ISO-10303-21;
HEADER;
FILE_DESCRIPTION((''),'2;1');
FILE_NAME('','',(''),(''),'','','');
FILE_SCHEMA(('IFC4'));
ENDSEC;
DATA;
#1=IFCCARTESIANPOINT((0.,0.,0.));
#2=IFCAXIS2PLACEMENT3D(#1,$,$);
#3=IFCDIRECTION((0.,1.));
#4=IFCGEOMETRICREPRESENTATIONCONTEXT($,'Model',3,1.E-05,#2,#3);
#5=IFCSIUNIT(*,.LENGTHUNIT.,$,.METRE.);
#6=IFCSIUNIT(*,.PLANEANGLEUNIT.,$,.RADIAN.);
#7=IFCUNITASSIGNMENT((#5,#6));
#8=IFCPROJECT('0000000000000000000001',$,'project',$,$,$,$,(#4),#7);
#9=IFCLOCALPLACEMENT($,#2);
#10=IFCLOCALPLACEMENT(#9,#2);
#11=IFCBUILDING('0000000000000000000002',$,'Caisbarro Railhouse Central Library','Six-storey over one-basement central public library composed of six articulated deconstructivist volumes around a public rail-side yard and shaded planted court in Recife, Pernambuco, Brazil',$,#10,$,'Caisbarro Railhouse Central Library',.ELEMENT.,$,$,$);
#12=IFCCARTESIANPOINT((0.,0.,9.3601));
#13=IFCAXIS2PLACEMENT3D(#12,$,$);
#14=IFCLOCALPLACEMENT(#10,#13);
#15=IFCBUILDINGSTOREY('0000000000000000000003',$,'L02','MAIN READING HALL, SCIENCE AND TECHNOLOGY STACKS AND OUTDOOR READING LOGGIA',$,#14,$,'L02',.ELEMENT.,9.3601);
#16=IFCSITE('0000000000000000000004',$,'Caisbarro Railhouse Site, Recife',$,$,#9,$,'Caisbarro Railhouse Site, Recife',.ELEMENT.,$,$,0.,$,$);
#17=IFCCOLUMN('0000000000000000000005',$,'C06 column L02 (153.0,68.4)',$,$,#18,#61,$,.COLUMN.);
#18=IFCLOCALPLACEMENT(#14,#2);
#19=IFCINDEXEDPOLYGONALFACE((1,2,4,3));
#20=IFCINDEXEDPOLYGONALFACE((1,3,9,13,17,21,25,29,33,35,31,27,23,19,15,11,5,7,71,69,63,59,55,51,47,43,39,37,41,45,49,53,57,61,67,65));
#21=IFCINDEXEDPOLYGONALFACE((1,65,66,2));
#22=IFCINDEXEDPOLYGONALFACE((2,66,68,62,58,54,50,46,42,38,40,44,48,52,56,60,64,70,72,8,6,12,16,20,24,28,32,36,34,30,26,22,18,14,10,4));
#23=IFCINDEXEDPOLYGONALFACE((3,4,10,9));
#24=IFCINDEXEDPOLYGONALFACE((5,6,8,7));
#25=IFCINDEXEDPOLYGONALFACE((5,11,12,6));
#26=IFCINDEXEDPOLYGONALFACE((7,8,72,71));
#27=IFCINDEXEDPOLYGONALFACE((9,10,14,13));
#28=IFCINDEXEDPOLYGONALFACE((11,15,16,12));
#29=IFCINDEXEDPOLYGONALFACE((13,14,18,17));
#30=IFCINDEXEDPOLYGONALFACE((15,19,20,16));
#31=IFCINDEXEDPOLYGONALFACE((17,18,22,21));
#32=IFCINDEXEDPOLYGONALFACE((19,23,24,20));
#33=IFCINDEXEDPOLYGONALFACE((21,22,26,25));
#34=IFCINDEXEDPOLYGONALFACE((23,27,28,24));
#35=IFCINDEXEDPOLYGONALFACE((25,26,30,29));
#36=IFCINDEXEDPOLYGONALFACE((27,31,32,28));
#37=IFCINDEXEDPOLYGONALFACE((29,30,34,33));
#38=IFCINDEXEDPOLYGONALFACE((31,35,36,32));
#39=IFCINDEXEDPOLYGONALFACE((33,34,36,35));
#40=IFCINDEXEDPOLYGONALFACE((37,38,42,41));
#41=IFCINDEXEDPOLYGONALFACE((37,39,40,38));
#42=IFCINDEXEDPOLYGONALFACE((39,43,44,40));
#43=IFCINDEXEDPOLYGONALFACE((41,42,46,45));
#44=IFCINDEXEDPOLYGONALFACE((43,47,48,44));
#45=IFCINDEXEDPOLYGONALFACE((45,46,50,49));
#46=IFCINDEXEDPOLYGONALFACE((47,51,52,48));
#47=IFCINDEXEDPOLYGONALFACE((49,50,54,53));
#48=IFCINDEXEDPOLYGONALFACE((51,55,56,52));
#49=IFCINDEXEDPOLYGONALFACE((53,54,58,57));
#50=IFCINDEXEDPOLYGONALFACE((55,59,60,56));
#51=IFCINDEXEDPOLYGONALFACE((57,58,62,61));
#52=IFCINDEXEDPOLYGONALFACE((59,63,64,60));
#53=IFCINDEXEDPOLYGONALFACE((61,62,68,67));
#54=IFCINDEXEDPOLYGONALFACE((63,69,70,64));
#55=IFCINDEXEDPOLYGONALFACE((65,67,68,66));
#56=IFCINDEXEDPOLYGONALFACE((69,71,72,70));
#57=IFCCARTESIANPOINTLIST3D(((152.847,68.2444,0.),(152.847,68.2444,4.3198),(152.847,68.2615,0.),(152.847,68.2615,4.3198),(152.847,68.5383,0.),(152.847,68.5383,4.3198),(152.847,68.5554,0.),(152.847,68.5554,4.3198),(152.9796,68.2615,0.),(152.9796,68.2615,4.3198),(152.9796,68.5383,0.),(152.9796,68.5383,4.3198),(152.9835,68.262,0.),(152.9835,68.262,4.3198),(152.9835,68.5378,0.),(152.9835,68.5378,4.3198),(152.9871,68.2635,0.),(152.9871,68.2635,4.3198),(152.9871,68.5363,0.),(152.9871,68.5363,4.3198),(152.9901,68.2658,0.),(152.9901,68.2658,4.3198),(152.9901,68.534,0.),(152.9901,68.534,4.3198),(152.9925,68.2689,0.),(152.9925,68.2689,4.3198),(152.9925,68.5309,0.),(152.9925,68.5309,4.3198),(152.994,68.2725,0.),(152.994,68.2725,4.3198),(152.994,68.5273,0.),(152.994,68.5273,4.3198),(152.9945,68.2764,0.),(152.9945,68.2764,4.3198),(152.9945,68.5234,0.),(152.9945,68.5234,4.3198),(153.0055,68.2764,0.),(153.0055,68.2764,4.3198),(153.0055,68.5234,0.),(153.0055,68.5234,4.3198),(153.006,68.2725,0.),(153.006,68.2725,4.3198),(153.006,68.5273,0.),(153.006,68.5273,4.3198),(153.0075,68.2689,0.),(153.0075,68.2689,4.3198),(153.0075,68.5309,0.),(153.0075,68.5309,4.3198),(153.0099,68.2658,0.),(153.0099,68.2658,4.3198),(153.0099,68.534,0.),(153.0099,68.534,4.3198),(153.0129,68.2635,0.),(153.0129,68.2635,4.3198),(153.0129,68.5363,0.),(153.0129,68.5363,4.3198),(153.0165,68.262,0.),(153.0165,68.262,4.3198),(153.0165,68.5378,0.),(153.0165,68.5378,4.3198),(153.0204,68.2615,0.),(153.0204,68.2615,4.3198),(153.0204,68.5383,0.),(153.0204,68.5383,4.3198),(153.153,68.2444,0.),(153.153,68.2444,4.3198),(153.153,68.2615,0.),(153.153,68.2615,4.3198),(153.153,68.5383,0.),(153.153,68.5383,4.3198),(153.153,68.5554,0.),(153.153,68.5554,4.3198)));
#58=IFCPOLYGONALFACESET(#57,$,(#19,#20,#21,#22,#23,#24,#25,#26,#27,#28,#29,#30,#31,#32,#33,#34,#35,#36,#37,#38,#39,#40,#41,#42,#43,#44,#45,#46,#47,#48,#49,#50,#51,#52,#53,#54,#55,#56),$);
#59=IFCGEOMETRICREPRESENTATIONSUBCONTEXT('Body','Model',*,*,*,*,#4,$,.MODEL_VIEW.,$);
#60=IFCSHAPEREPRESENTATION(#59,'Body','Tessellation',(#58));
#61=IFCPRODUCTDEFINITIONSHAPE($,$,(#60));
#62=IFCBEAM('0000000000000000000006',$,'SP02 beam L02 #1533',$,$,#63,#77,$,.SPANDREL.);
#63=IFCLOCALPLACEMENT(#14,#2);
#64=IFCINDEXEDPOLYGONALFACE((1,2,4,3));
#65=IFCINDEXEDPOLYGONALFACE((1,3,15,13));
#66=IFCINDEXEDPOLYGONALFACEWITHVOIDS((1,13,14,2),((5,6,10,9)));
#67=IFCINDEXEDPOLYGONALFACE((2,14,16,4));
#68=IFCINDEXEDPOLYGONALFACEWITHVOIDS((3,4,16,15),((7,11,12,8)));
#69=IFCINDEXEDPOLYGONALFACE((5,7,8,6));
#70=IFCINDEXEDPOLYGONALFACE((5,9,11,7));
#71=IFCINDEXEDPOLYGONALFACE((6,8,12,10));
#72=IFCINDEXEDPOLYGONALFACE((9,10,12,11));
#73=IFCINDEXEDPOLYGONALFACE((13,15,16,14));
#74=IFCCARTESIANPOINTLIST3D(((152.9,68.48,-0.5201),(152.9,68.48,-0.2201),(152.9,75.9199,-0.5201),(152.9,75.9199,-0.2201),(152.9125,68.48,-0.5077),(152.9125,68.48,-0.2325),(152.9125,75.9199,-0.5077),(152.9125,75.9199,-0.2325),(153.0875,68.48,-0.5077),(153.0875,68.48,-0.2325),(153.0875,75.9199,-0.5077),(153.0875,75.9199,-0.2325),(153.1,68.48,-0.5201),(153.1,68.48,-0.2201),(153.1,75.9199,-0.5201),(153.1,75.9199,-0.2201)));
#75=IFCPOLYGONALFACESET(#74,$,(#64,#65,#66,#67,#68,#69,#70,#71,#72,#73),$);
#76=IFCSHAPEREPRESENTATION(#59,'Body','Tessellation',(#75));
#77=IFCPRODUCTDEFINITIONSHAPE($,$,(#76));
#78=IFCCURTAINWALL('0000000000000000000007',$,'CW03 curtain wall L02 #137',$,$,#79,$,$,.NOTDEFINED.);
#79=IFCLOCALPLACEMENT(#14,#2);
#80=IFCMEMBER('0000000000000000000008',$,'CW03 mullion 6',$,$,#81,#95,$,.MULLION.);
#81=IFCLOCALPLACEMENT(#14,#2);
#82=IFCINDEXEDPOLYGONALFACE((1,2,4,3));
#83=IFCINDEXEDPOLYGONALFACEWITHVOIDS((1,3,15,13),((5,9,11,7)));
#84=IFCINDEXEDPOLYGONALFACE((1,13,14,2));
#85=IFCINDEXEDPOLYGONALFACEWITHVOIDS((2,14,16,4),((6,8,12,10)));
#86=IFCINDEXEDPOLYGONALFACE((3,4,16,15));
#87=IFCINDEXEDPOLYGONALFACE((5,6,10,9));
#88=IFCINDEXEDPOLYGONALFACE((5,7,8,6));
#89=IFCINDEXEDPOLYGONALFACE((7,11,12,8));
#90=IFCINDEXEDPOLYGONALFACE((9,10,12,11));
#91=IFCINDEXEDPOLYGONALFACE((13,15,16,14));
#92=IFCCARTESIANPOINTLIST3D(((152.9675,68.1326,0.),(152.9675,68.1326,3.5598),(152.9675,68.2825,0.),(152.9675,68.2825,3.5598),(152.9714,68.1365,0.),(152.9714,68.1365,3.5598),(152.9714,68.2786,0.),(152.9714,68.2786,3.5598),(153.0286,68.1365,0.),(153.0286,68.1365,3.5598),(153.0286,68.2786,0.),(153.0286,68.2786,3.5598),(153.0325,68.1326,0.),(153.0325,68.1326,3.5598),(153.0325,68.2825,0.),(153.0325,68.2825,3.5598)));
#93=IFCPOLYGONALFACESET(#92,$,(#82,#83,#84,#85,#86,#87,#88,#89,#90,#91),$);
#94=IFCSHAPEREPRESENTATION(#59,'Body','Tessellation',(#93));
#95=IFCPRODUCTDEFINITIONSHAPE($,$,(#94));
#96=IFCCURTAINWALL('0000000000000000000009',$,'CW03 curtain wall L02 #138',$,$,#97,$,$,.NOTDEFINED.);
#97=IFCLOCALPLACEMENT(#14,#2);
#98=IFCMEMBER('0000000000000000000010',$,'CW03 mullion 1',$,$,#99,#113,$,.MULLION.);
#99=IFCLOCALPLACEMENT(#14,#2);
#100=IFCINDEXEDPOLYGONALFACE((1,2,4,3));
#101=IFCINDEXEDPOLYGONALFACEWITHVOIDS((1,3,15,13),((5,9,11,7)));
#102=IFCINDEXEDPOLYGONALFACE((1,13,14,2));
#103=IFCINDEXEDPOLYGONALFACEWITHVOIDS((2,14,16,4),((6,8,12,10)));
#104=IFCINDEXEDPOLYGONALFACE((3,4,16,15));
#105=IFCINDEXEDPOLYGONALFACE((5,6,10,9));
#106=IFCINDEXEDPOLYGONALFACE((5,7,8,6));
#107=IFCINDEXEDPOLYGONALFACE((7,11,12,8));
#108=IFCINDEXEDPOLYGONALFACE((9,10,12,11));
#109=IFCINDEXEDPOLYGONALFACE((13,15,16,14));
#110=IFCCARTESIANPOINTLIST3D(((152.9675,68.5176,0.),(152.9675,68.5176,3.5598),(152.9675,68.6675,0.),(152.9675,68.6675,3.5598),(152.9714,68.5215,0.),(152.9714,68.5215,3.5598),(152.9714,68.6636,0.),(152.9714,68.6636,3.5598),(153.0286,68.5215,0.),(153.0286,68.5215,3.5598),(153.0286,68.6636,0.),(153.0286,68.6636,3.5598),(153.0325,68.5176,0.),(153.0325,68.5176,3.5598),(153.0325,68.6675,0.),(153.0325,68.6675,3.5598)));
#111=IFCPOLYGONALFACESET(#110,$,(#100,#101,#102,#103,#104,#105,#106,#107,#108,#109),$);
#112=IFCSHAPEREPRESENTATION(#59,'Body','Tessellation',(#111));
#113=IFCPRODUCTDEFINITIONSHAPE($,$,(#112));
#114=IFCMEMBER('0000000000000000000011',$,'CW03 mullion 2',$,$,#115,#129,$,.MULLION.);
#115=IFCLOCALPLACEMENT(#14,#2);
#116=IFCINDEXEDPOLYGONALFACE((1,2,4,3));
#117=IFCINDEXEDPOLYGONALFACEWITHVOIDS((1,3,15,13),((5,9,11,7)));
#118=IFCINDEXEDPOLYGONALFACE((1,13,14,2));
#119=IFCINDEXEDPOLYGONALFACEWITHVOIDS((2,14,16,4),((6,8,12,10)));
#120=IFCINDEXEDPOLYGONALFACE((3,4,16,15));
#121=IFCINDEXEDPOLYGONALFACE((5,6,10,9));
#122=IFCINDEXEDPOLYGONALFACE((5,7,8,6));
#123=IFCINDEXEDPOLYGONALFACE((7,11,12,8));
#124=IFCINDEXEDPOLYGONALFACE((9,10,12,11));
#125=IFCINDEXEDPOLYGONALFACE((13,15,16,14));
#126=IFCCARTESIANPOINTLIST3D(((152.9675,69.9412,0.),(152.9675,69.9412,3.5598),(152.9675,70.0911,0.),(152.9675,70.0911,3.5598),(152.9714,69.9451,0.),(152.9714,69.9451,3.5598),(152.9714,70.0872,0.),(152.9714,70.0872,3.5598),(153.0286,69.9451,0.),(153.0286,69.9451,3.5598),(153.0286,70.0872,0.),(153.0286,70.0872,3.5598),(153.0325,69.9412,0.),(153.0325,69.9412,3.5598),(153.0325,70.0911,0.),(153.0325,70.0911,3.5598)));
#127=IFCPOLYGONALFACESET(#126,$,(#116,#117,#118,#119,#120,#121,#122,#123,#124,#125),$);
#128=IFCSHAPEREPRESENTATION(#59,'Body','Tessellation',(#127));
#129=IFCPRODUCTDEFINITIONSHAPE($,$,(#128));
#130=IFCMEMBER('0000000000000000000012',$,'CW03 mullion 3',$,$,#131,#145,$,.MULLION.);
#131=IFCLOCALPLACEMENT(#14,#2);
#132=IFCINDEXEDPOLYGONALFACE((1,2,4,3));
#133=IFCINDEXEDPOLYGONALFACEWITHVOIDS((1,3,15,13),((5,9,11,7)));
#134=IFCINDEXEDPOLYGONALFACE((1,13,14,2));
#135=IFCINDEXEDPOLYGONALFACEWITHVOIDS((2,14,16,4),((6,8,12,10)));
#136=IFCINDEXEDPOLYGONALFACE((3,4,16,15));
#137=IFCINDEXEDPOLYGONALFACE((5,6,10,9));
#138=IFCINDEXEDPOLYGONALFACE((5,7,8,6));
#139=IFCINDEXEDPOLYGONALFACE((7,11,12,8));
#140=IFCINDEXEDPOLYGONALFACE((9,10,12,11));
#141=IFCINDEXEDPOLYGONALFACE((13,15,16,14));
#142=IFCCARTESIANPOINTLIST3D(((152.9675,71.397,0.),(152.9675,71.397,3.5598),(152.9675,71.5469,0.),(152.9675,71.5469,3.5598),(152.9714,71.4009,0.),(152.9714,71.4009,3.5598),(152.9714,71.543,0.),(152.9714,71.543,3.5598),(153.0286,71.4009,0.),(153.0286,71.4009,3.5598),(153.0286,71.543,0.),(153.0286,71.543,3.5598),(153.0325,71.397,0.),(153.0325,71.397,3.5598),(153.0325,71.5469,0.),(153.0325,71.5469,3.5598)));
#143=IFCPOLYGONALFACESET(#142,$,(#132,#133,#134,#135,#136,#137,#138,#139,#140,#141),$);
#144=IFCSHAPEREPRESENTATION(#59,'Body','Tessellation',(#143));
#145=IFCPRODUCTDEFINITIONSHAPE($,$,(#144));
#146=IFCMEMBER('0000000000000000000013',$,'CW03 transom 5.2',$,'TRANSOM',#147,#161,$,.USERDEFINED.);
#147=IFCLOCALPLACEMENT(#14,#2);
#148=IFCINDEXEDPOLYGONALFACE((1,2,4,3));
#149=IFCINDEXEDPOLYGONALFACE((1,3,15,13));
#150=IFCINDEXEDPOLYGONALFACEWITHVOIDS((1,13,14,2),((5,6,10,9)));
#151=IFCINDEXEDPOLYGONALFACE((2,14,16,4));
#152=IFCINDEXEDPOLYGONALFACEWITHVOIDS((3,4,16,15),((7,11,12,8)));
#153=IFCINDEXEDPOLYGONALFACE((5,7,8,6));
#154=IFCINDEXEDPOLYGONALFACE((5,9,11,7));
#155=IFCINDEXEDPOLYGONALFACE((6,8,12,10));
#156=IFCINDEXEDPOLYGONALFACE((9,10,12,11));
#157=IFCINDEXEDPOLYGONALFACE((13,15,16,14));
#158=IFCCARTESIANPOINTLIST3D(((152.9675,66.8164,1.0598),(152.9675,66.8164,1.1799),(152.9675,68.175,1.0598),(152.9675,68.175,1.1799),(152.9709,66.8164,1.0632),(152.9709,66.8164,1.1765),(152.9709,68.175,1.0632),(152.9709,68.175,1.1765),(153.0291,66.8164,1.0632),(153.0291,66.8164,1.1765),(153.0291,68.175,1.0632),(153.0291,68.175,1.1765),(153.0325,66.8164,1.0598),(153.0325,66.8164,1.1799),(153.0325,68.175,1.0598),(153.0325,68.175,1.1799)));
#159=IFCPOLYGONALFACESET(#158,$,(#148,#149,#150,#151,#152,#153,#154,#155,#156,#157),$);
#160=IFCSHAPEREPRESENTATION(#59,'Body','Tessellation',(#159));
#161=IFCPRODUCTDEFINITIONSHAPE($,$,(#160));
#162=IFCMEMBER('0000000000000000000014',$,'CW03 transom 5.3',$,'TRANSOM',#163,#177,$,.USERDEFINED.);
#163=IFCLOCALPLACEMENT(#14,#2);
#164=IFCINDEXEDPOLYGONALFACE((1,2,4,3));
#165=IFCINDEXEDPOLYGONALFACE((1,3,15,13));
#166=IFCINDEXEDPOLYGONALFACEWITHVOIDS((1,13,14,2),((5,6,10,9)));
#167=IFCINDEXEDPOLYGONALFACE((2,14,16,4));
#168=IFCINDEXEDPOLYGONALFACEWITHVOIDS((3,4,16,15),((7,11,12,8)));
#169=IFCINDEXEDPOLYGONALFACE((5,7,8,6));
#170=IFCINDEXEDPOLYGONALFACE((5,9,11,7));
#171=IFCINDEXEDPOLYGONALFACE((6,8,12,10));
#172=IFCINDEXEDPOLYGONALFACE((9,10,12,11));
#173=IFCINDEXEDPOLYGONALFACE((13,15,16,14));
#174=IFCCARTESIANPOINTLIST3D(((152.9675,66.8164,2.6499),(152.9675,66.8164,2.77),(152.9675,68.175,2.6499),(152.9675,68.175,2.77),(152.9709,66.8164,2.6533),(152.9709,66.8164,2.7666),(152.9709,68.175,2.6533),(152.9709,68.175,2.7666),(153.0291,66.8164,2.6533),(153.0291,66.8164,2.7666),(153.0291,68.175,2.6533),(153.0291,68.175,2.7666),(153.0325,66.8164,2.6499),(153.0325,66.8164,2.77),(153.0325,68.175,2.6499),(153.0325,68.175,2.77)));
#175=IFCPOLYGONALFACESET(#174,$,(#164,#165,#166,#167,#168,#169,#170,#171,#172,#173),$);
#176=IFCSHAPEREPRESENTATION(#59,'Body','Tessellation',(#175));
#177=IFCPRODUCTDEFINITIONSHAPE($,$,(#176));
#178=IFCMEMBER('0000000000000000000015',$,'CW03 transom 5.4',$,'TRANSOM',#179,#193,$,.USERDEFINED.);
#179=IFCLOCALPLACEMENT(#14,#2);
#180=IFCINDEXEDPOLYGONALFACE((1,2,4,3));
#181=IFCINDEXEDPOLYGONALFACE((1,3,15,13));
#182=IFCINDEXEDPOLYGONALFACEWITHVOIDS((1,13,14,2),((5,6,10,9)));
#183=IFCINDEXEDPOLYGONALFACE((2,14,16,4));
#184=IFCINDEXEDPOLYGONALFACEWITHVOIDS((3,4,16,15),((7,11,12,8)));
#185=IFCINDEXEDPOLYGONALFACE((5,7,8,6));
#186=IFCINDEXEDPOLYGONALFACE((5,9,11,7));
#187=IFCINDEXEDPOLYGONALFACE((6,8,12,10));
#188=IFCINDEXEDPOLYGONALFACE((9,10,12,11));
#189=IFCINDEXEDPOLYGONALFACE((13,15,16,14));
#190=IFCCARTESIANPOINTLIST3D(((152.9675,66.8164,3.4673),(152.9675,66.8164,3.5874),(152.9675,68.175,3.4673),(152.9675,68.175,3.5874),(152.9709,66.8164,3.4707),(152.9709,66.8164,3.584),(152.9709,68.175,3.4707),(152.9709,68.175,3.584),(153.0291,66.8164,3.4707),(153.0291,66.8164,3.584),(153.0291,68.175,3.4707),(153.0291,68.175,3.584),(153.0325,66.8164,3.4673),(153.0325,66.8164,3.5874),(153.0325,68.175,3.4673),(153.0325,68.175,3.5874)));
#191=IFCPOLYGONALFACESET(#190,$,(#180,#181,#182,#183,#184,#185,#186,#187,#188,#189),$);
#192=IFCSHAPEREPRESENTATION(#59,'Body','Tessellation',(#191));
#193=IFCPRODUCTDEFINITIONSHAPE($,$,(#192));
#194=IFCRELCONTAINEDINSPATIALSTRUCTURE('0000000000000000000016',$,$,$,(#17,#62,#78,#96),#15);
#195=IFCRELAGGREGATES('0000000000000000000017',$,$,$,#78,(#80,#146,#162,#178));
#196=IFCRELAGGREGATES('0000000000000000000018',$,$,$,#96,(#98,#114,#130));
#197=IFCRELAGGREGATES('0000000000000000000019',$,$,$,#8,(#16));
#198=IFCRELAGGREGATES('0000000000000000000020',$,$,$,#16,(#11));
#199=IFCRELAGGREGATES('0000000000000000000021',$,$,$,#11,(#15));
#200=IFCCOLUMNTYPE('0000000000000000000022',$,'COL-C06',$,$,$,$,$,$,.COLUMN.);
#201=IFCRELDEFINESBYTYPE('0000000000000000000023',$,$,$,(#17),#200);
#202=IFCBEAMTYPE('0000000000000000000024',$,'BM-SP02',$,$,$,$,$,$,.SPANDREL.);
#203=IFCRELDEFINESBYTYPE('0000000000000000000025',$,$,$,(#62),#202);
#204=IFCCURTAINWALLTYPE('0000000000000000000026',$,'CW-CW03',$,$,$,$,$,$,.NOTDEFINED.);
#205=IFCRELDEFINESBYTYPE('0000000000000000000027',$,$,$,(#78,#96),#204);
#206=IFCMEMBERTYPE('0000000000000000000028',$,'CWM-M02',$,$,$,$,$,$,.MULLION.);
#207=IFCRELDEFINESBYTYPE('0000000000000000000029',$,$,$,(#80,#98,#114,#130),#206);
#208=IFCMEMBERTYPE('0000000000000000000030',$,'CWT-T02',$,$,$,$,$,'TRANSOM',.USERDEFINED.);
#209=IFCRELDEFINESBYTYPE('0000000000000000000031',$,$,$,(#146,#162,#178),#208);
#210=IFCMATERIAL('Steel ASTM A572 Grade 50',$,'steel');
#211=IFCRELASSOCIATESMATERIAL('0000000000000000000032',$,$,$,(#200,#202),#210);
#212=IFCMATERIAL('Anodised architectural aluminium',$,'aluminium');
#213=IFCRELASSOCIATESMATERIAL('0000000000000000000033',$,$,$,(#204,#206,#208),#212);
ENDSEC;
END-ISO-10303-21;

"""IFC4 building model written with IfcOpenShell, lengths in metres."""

from ifc_helpers import new_model, si_unit, direction, frame, origin, origin_2d, place, context, subcontext, project, spatial, hollow_rectangle, i_section, extrude, material, material_profile, profile_set, type_object, element, aggregate, save


model = new_model("IFC4")

# Units and contexts
model_context = context("Model", 3, precision=1e-05, world=origin(), true_north=direction((0.0, 1.0)))
body_context = subcontext(model_context, "Body", "Model", "MODEL_VIEW")
ifc_project = project(units=[si_unit("LENGTHUNIT", "METRE"), si_unit("PLANEANGLEUNIT", "RADIAN")], contexts=[model_context])

# Site, building, storey
site_placement = place(None, origin())
site = spatial("IfcSite", under=ifc_project, at=site_placement, Name="Caisbarro Railhouse Site, Recife", LongName="Caisbarro Railhouse Site, Recife", CompositionType="ELEMENT", RefElevation=0.0)
building_placement = place(site_placement, origin())
building = spatial("IfcBuilding", under=site, at=building_placement, Name="Caisbarro Railhouse Central Library", Description="Six-storey over one-basement central public library composed of six articulated deconstructivist volumes around a public rail-side yard and shaded planted court in Recife, Pernambuco, Brazil", LongName="Caisbarro Railhouse Central Library", CompositionType="ELEMENT")
storey_placement = place(building_placement, frame((0.0, 0.0, 9.3601)))
storey = spatial("IfcBuildingStorey", under=building, at=storey_placement, Name="L02", Description="MAIN READING HALL, SCIENCE AND TECHNOLOGY STACKS AND OUTDOOR READING LOGGIA", LongName="L02", CompositionType="ELEMENT", Elevation=9.3601)

# Column
ifc_material_1 = material(Name="Steel ASTM A572 Grade 50", Category="steel")
ifc_material_profile_1 = material_profile(ifc_material_1, i_section(OverallWidth=0.3059, OverallDepth=0.311, WebThickness=0.011, FlangeThickness=0.0171, FilletRadius=0.0149, at=origin_2d()), Name="W310X107.0")
ifc_profile_set_1 = profile_set([ifc_material_profile_1], Name="Steel ASTM A572 Grade 50")
column_type = type_object("IfcColumnType", Name="COL-C06", PredefinedType="COLUMN", material=ifc_profile_set_1)
column_placement = place(storey_placement, frame((153.0, 68.3999, 0.0), z_axis=(0.0, 0.0, 1.0), x_axis=(1.0, 0.0, 0.0)))
element("IfcColumn", 1, at=column_placement, inside=storey, type_object=column_type, Name="C06 column L02 (153.0,68.4)", PredefinedType="COLUMN", context=body_context, shape_type="SweptSolid", body=[
    extrude(i_section(OverallWidth=0.3059, OverallDepth=0.311, WebThickness=0.011, FlangeThickness=0.0171, FilletRadius=0.0149, at=origin_2d()), origin(), (0.0, 0.0, 1.0), 4.3198),
])

# Beam
ifc_material_profile_2 = material_profile(ifc_material_1, hollow_rectangle(XDim=0.2, YDim=0.3, WallThickness=0.0125, at=origin_2d()), Name="HSS300X200X12.5")
ifc_profile_set_2 = profile_set([ifc_material_profile_2], Name="Steel ASTM A572 Grade 50")
beam_type = type_object("IfcBeamType", Name="BM-SP02", PredefinedType="SPANDREL", material=ifc_profile_set_2)
beam_placement = place(storey_placement, frame((153.0, 68.48, -0.3701), z_axis=(0.0, 1.0, 0.0), x_axis=(-1.0, 0.0, 0.0)))
element("IfcBeam", 2, at=beam_placement, inside=storey, type_object=beam_type, Name="SP02 beam L02 #1533", PredefinedType="SPANDREL", context=body_context, shape_type="SweptSolid", body=[
    extrude(hollow_rectangle(XDim=0.2, YDim=0.3, WallThickness=0.0125, at=origin_2d()), origin(), (0.0, 0.0, 1.0), 7.4399),
])

# Curtain wall, member
ifc_material_2 = material(Name="Anodised architectural aluminium", Category="aluminium")
curtain_wall_type = type_object("IfcCurtainWallType", Name="CW-CW03", PredefinedType="NOTDEFINED", material=ifc_material_2)
curtain_wall_1_placement = place(storey_placement, origin())
curtain_wall_1 = element("IfcCurtainWall", 3, at=curtain_wall_1_placement, inside=storey, type_object=curtain_wall_type, Name="CW03 curtain wall L02 #137", PredefinedType="NOTDEFINED")
ifc_material_profile_3 = material_profile(ifc_material_2, hollow_rectangle(XDim=0.0649, YDim=0.1499, WallThickness=0.0039, at=origin_2d()), Name="ALU-MUL-65X150")
ifc_profile_set_3 = profile_set([ifc_material_profile_3], Name="Anodised architectural aluminium")
member_type_1 = type_object("IfcMemberType", Name="CWM-M02", PredefinedType="MULLION", material=ifc_profile_set_3)
member_1_placement = place(storey_placement, frame((153.0, 68.2075, 0.0), z_axis=(0.0, 0.0, 1.0), x_axis=(-1.0, 0.0, 0.0)))
member_1 = element("IfcMember", 4, at=member_1_placement, type_object=member_type_1, Name="CW03 mullion 6", PredefinedType="MULLION", context=body_context, shape_type="SweptSolid", body=[
    extrude(hollow_rectangle(XDim=0.0649, YDim=0.1499, WallThickness=0.0039, at=origin_2d()), origin(), (0.0, 0.0, 1.0), 3.5598),
])

# Curtain wall, members
curtain_wall_2_placement = place(storey_placement, origin())
curtain_wall_2 = element("IfcCurtainWall", 5, at=curtain_wall_2_placement, inside=storey, type_object=curtain_wall_type, Name="CW03 curtain wall L02 #138", PredefinedType="NOTDEFINED")
member_2_placement = place(storey_placement, frame((153.0, 68.5925, 0.0), z_axis=(0.0, 0.0, 1.0), x_axis=(-1.0, 0.0, 0.0)))
member_2 = element("IfcMember", 6, at=member_2_placement, type_object=member_type_1, Name="CW03 mullion 1", PredefinedType="MULLION", context=body_context, shape_type="SweptSolid", body=[
    extrude(hollow_rectangle(XDim=0.0649, YDim=0.1499, WallThickness=0.0039, at=origin_2d()), origin(), (0.0, 0.0, 1.0), 3.5598),
])
member_3_placement = place(storey_placement, frame((153.0, 70.0161, 0.0), z_axis=(0.0, 0.0, 1.0), x_axis=(-1.0, 0.0, 0.0)))
member_3 = element("IfcMember", 7, at=member_3_placement, type_object=member_type_1, Name="CW03 mullion 2", PredefinedType="MULLION", context=body_context, shape_type="SweptSolid", body=[
    extrude(hollow_rectangle(XDim=0.0649, YDim=0.1499, WallThickness=0.0039, at=origin_2d()), origin(), (0.0, 0.0, 1.0), 3.5598),
])
member_4_placement = place(storey_placement, frame((153.0, 71.4719, 0.0), z_axis=(0.0, 0.0, 1.0), x_axis=(-1.0, 0.0, 0.0)))
member_4 = element("IfcMember", 8, at=member_4_placement, type_object=member_type_1, Name="CW03 mullion 3", PredefinedType="MULLION", context=body_context, shape_type="SweptSolid", body=[
    extrude(hollow_rectangle(XDim=0.0649, YDim=0.1499, WallThickness=0.0039, at=origin_2d()), origin(), (0.0, 0.0, 1.0), 3.5598),
])

# Members
ifc_material_profile_4 = material_profile(ifc_material_2, hollow_rectangle(XDim=0.0649, YDim=0.1201, WallThickness=0.0034, at=origin_2d()), Name="ALU-TRN-65X120")
ifc_profile_set_4 = profile_set([ifc_material_profile_4], Name="Anodised architectural aluminium")
member_type_2 = type_object("IfcMemberType", Name="CWT-T02", ElementType="TRANSOM", PredefinedType="USERDEFINED", material=ifc_profile_set_4)
member_5_placement = place(storey_placement, frame((153.0, 66.8164, 1.1199), z_axis=(0.0, 1.0, 0.0), x_axis=(-1.0, 0.0, 0.0)))
member_5 = element("IfcMember", 9, at=member_5_placement, type_object=member_type_2, Name="CW03 transom 5.2", ObjectType="TRANSOM", PredefinedType="USERDEFINED", context=body_context, shape_type="SweptSolid", body=[
    extrude(hollow_rectangle(XDim=0.0649, YDim=0.1201, WallThickness=0.0034, at=origin_2d()), origin(), (0.0, 0.0, 1.0), 1.3586),
])
member_6_placement = place(storey_placement, frame((153.0, 66.8164, 2.71), z_axis=(0.0, 1.0, 0.0), x_axis=(-1.0, 0.0, 0.0)))
member_6 = element("IfcMember", 10, at=member_6_placement, type_object=member_type_2, Name="CW03 transom 5.3", ObjectType="TRANSOM", PredefinedType="USERDEFINED", context=body_context, shape_type="SweptSolid", body=[
    extrude(hollow_rectangle(XDim=0.0649, YDim=0.1201, WallThickness=0.0034, at=origin_2d()), origin(), (0.0, 0.0, 1.0), 1.3586),
])
member_7_placement = place(storey_placement, frame((153.0, 66.8164, 3.5273), z_axis=(0.0, 1.0, 0.0), x_axis=(-1.0, 0.0, 0.0)))
member_7 = element("IfcMember", 11, at=member_7_placement, type_object=member_type_2, Name="CW03 transom 5.4", ObjectType="TRANSOM", PredefinedType="USERDEFINED", context=body_context, shape_type="SweptSolid", body=[
    extrude(hollow_rectangle(XDim=0.0649, YDim=0.1201, WallThickness=0.0034, at=origin_2d()), origin(), (0.0, 0.0, 1.0), 1.3586),
])

aggregate(curtain_wall_1, [member_1, member_5, member_6, member_7])
aggregate(curtain_wall_2, [member_2, member_3, member_4])

save(model, "model.ifc")
